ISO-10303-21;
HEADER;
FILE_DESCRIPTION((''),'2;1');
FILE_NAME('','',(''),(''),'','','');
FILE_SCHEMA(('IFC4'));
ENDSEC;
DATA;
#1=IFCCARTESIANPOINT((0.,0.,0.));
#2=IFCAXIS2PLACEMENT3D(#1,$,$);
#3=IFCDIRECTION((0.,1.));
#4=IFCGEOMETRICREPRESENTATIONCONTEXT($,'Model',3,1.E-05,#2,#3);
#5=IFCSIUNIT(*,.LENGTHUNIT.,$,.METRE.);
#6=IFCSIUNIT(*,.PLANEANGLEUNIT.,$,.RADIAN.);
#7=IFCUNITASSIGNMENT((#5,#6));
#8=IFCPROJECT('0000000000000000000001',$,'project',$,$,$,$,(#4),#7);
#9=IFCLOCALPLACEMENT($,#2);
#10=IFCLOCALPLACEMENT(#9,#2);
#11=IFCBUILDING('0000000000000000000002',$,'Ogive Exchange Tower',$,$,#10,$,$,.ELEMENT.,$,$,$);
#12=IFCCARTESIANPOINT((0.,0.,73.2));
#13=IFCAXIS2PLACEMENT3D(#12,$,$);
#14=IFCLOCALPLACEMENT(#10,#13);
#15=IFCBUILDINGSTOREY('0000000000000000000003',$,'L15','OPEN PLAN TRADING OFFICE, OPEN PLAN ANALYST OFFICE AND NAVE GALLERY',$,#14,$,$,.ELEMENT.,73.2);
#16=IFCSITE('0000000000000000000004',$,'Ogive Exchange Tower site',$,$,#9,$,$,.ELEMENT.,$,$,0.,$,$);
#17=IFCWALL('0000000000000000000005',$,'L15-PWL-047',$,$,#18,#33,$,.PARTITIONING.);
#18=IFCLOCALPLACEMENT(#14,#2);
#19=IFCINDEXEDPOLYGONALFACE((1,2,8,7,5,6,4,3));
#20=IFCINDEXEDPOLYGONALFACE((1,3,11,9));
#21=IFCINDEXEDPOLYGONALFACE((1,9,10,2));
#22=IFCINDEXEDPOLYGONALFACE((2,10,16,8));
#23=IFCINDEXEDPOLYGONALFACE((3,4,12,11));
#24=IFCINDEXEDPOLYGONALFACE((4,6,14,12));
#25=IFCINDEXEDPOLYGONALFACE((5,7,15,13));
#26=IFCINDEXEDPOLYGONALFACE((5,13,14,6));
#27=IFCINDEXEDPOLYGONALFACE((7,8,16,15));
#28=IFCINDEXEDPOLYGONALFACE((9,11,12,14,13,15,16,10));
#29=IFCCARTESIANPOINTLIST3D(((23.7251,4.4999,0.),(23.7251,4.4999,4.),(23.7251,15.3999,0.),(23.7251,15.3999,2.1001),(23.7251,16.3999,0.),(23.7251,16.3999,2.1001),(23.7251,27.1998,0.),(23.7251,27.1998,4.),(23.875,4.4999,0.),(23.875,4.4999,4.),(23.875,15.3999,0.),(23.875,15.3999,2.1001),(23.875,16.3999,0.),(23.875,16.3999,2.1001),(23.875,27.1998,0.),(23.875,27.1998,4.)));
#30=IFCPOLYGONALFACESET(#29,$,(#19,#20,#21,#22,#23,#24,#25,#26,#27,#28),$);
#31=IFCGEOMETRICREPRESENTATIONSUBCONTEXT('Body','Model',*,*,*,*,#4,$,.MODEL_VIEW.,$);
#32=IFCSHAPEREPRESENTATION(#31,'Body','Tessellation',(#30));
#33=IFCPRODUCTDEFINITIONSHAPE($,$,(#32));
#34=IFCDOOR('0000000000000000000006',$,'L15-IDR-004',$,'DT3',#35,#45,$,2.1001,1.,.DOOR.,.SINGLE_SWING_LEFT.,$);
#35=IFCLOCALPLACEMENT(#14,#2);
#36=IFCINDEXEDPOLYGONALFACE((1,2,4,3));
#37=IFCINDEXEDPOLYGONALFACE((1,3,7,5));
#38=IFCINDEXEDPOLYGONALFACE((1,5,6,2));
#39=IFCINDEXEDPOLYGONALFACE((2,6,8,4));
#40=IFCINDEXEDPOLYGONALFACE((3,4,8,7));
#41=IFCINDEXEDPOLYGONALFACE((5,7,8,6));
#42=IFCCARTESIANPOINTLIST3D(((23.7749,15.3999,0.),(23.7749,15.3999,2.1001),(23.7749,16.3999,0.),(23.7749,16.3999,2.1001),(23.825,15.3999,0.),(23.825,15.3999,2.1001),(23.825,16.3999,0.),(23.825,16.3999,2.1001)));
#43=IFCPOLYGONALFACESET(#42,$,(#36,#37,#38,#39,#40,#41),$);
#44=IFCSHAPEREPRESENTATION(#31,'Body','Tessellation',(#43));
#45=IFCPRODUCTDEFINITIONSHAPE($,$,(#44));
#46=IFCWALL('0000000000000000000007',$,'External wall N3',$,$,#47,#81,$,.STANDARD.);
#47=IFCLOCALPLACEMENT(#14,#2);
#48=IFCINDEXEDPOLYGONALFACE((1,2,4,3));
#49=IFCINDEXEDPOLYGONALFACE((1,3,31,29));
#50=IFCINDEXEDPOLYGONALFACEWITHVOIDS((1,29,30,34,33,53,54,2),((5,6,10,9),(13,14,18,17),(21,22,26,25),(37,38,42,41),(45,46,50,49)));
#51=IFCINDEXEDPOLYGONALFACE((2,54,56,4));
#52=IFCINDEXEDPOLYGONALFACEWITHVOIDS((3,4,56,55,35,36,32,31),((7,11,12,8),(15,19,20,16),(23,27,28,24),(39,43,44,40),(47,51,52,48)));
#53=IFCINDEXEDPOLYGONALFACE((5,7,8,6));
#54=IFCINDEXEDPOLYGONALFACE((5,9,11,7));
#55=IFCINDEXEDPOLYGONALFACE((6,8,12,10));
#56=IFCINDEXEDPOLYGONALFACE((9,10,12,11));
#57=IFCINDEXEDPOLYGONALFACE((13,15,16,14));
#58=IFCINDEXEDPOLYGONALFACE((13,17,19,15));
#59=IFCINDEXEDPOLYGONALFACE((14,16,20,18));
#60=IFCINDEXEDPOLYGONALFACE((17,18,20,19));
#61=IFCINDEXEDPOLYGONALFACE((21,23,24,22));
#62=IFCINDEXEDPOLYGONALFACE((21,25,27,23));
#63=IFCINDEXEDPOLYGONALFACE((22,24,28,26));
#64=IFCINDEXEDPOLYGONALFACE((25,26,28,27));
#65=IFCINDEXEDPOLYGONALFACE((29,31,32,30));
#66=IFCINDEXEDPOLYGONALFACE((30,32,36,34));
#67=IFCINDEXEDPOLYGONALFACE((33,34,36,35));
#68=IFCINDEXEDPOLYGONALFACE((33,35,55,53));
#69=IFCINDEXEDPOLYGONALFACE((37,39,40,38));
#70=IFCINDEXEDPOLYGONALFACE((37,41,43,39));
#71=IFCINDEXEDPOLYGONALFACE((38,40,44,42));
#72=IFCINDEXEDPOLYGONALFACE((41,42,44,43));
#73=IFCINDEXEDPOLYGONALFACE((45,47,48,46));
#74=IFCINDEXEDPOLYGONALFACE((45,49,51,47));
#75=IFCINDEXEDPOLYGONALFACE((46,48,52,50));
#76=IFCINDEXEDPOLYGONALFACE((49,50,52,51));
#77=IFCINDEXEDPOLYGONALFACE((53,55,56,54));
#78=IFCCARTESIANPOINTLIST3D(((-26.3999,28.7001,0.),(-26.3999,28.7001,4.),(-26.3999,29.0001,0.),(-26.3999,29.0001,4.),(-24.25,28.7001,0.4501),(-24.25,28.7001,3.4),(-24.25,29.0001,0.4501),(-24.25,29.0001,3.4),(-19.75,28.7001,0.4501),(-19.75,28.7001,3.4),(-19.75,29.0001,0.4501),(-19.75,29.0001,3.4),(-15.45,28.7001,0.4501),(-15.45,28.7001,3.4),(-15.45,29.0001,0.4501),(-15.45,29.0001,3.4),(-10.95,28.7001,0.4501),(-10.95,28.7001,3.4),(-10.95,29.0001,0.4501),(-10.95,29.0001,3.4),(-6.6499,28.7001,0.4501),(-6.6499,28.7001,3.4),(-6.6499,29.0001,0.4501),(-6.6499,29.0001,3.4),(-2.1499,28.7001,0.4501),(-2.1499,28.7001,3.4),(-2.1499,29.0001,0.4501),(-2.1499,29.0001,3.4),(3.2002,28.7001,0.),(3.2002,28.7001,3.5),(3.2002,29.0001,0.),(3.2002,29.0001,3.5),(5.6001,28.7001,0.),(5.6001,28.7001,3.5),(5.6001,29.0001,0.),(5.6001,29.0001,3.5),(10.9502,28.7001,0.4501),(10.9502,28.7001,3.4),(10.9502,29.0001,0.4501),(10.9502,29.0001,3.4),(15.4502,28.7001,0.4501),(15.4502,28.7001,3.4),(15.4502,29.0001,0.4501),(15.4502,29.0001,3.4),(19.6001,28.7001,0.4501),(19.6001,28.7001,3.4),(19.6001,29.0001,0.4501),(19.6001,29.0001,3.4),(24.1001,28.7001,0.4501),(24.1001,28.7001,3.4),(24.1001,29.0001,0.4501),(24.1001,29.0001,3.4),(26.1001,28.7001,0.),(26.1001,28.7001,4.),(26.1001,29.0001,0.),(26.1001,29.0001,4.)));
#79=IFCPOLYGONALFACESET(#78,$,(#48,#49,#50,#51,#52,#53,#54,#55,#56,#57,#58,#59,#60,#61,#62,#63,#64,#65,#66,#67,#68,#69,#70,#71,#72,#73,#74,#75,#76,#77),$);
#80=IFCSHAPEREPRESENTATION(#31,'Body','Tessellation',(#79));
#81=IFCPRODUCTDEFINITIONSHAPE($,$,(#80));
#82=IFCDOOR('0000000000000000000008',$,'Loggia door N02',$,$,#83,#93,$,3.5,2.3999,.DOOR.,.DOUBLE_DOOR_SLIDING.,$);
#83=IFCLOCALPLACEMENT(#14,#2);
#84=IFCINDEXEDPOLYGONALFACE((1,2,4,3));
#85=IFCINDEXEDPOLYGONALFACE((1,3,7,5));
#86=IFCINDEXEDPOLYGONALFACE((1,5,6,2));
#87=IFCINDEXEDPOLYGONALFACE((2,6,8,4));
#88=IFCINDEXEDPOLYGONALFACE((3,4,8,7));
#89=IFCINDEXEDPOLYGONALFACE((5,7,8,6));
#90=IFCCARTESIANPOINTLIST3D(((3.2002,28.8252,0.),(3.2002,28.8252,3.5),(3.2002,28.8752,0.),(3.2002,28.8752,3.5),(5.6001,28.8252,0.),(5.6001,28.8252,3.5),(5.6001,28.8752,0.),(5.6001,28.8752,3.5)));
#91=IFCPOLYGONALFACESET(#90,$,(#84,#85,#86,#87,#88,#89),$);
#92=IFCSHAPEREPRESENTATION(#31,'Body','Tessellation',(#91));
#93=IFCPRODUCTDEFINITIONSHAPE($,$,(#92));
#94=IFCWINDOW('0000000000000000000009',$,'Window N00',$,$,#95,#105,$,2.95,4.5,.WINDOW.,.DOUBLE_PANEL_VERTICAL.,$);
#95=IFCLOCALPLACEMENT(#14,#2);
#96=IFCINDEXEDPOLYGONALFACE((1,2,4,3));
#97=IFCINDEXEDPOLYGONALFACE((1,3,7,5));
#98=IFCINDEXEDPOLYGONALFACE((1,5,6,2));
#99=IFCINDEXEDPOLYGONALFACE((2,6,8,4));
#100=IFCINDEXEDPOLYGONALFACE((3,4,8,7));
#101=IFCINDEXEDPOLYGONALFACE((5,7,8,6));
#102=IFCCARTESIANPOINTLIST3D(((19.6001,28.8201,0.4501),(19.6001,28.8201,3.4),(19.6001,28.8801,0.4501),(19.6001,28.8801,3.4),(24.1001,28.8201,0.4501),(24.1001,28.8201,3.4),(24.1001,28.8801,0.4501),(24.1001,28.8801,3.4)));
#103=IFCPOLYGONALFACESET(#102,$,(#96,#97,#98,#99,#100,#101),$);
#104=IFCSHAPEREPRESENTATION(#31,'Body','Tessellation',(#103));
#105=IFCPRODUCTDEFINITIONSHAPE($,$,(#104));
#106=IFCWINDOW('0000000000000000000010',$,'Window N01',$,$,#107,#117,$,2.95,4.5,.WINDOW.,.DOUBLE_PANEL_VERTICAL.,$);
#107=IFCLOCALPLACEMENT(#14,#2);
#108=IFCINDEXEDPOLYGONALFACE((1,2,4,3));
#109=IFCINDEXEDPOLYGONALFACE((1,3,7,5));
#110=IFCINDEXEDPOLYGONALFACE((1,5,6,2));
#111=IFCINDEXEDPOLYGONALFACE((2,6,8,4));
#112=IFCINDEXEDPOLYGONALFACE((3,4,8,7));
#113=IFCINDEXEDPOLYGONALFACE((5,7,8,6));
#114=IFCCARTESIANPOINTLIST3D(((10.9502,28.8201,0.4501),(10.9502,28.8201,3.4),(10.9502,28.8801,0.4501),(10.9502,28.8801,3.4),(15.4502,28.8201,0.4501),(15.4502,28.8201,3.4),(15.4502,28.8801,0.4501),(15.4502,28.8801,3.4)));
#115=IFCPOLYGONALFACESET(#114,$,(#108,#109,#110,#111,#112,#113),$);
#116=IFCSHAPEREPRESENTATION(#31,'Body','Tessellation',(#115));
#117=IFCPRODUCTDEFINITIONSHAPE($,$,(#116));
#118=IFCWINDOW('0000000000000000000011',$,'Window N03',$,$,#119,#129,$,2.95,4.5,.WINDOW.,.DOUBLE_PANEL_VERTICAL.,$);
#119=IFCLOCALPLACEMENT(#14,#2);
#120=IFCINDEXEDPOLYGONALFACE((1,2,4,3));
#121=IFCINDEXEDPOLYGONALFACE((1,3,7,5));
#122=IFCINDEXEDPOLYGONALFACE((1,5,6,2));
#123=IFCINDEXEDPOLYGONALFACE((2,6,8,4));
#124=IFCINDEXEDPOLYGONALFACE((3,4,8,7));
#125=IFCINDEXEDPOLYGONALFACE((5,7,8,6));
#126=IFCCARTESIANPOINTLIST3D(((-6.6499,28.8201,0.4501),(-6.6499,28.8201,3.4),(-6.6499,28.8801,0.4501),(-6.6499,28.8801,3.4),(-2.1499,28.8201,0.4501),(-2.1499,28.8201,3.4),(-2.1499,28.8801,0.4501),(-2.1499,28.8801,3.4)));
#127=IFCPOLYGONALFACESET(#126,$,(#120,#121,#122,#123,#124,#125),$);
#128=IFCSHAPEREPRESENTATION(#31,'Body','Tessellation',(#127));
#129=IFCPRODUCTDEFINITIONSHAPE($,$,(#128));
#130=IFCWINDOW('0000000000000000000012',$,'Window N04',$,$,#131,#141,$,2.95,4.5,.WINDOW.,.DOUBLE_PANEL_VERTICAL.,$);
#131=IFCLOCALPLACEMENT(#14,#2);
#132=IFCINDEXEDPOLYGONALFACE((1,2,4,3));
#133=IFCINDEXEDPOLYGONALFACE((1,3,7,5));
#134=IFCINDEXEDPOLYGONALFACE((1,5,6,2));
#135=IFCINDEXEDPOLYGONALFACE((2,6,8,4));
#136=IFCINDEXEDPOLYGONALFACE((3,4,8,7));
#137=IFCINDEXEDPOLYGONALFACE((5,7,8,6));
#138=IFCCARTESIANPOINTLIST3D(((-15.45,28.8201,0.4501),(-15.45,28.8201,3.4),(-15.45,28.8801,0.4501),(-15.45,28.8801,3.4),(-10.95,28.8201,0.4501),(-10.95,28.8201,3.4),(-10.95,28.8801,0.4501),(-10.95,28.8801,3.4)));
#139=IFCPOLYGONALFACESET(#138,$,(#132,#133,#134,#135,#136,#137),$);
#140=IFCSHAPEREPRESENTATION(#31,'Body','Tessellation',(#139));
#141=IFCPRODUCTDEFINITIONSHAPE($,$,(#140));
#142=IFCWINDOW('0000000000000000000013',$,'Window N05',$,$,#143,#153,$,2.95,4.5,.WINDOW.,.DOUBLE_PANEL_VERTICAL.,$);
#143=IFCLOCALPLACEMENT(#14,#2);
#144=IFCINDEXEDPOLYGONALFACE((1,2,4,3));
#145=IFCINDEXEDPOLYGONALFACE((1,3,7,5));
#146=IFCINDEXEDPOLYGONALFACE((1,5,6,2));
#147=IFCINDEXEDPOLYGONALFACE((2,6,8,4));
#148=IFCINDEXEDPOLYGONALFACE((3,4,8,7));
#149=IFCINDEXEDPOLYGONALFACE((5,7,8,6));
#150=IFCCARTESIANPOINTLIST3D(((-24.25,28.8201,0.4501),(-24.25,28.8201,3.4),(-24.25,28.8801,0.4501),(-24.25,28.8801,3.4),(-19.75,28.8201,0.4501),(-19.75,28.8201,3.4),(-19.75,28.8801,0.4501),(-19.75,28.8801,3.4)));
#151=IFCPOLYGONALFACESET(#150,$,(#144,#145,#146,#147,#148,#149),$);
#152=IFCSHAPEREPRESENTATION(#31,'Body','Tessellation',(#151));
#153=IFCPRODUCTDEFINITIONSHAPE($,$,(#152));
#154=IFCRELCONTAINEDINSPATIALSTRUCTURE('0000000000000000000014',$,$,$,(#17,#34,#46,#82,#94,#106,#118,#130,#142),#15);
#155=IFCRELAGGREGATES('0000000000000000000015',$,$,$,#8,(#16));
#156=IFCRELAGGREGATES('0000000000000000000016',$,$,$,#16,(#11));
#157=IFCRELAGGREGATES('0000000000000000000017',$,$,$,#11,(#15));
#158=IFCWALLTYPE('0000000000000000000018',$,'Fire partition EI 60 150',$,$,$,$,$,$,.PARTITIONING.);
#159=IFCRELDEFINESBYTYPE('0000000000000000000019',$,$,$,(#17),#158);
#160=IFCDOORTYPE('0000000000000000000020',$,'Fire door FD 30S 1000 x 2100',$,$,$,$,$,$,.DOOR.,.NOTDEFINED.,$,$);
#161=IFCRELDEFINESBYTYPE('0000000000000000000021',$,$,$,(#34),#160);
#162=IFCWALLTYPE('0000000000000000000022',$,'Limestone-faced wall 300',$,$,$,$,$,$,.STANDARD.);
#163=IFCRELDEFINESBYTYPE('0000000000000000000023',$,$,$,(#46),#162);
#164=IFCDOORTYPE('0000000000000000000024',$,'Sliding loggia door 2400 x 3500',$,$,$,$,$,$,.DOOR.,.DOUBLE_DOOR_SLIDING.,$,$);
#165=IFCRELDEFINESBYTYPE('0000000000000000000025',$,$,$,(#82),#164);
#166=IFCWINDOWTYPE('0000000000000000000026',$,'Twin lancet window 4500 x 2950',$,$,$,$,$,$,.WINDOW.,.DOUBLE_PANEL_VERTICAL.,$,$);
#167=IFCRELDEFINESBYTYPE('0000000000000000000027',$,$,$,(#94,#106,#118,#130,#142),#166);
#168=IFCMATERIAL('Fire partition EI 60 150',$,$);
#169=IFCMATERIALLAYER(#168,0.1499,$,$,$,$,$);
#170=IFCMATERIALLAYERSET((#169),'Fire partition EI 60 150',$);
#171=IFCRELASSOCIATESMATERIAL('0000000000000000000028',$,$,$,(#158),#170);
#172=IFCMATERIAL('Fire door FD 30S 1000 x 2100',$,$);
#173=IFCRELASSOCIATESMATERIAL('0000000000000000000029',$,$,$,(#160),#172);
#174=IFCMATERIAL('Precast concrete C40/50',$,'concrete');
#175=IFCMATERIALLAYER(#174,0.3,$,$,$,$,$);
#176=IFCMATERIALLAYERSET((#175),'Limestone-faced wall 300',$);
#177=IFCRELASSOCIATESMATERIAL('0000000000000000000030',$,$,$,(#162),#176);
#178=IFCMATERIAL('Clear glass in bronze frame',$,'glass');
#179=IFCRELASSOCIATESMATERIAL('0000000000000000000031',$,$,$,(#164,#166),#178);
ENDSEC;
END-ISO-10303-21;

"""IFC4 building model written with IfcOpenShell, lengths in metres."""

from ifc_helpers import new_model, si_unit, direction, frame, frame_2d, origin, place, context, subcontext, project, spatial, rectangle, extrude, material, layer, layer_set, type_object, element, fill, save


model = new_model("IFC4")

# Units and contexts
model_context = context("Model", 3, precision=1e-05, world=origin(), true_north=direction((0.0, 1.0)))
body_context = subcontext(model_context, "Body", "Model", "MODEL_VIEW")
ifc_project = project(units=[si_unit("LENGTHUNIT", "METRE"), si_unit("PLANEANGLEUNIT", "RADIAN")], contexts=[model_context])

# Site, building, storey
site_placement = place(None, origin())
site = spatial("IfcSite", under=ifc_project, at=site_placement, Name="Ogive Exchange Tower site", CompositionType="ELEMENT", RefElevation=0.0)
building_placement = place(site_placement, origin())
building = spatial("IfcBuilding", under=site, at=building_placement, Name="Ogive Exchange Tower", CompositionType="ELEMENT")
storey_placement = place(building_placement, frame((0.0, 0.0, 73.2)))
storey = spatial("IfcBuildingStorey", under=building, at=storey_placement, Name="L15", Description="OPEN PLAN TRADING OFFICE, OPEN PLAN ANALYST OFFICE AND NAVE GALLERY", CompositionType="ELEMENT", Elevation=73.2)

# Shared definitions
ifc_material_1 = material(Name="Fire partition EI 60 150")
ifc_layer_1 = layer(ifc_material_1, 0.1499)
ifc_layer_set_1 = layer_set([ifc_layer_1], Name="Fire partition EI 60 150")
wall_type_1 = type_object("IfcWallType", Name="Fire partition EI 60 150", PredefinedType="PARTITIONING", material=ifc_layer_set_1)

# Wall, opening, door
wall_1_placement = place(storey_placement, frame((23.8, 27.2, 0.0), z_axis=(0.0, 0.0, 1.0), x_axis=(0.0, -1.0, 0.0)))
wall_1 = element("IfcWall", 1, at=wall_1_placement, inside=storey, type_object=wall_type_1, Name="L15-PWL-047", PredefinedType="PARTITIONING", context=body_context, shape_type="SweptSolid", body=[
    extrude(rectangle(XDim=22.7, YDim=0.1499, at=frame_2d((11.3501, 0.0))), origin(), (0.0, 0.0, 1.0), 4.0),
])
opening_1_placement = place(wall_1_placement, frame((10.8, 0.0, 0.0)))
opening_1 = element("IfcOpeningElement", 2, at=opening_1_placement, cuts=wall_1, PredefinedType="OPENING", context=body_context, shape_type="SweptSolid", body=[
    extrude(rectangle(XDim=1.0, YDim=2.1001, at=frame_2d((0.5, 1.05))), frame((0.0, 0.085, 0.0), z_axis=(0.0, -1.0, 0.0), x_axis=(1.0, 0.0, 0.0)), (0.0, 0.0, 1.0), 0.1699),
])
ifc_material_2 = material(Name="Fire door FD 30S 1000 x 2100")
door_type_1 = type_object("IfcDoorType", Name="Fire door FD 30S 1000 x 2100", OperationType="NOTDEFINED", PredefinedType="DOOR", material=ifc_material_2)
door_1_placement = place(opening_1_placement, origin())
door_1 = element("IfcDoor", 3, at=door_1_placement, inside=storey, type_object=door_type_1, Name="L15-IDR-004", ObjectType="DT3", OperationType="SINGLE_SWING_LEFT", OverallHeight=2.1001, OverallWidth=1.0, PredefinedType="DOOR", context=body_context, shape_type="SweptSolid", body=[
    extrude(rectangle(XDim=1.0, YDim=2.1001, at=frame_2d((0.5, 1.05))), frame((0.0, 0.0249, 0.0), z_axis=(0.0, -1.0, 0.0), x_axis=(1.0, 0.0, 0.0)), (0.0, 0.0, 1.0), 0.05),
])
fill(opening_1, door_1)

# Wall, openings, door, windows
ifc_material_3 = material(Name="Precast concrete C40/50", Category="concrete")
ifc_layer_2 = layer(ifc_material_3, 0.3)
ifc_layer_set_2 = layer_set([ifc_layer_2], Name="Limestone-faced wall 300")
wall_type_2 = type_object("IfcWallType", Name="Limestone-faced wall 300", PredefinedType="STANDARD", material=ifc_layer_set_2)
wall_2_placement = place(storey_placement, frame((26.1001, 28.8501, 0.0), z_axis=(0.0, 0.0, 1.0), x_axis=(-1.0, 0.0, 0.0)))
wall_2 = element("IfcWall", 4, at=wall_2_placement, inside=storey, type_object=wall_type_2, Name="External wall N3", PredefinedType="STANDARD", context=body_context, shape_type="SweptSolid", body=[
    extrude(rectangle(XDim=52.5, YDim=0.3, at=frame_2d((26.25, 0.0))), origin(), (0.0, 0.0, 1.0), 4.0),
])
opening_2_placement = place(wall_2_placement, frame((2.0, 0.0, 0.45)))
opening_2 = element("IfcOpeningElement", 5, at=opening_2_placement, cuts=wall_2, PredefinedType="OPENING", context=body_context, shape_type="SweptSolid", body=[
    extrude(rectangle(XDim=4.5, YDim=2.95, at=frame_2d((2.25, 1.4751))), frame((0.0, 0.1599, 0.0), z_axis=(0.0, -1.0, 0.0), x_axis=(1.0, 0.0, 0.0)), (0.0, 0.0, 1.0), 0.3201),
])
opening_3_placement = place(wall_2_placement, frame((10.6499, 0.0, 0.45)))
opening_3 = element("IfcOpeningElement", 6, at=opening_3_placement, cuts=wall_2, PredefinedType="OPENING", context=body_context, shape_type="SweptSolid", body=[
    extrude(rectangle(XDim=4.5, YDim=2.95, at=frame_2d((2.25, 1.4751))), frame((0.0, 0.1599, 0.0), z_axis=(0.0, -1.0, 0.0), x_axis=(1.0, 0.0, 0.0)), (0.0, 0.0, 1.0), 0.3201),
])
opening_4_placement = place(wall_2_placement, frame((20.5, 0.0, 0.0)))
opening_4 = element("IfcOpeningElement", 7, at=opening_4_placement, cuts=wall_2, PredefinedType="OPENING", context=body_context, shape_type="SweptSolid", body=[
    extrude(rectangle(XDim=2.3999, YDim=3.5, at=frame_2d((1.2, 1.75))), frame((0.0, 0.1599, 0.0), z_axis=(0.0, -1.0, 0.0), x_axis=(1.0, 0.0, 0.0)), (0.0, 0.0, 1.0), 0.3201),
])
opening_5_placement = place(wall_2_placement, frame((28.25, 0.0, 0.45)))
opening_5 = element("IfcOpeningElement", 8, at=opening_5_placement, cuts=wall_2, PredefinedType="OPENING", context=body_context, shape_type="SweptSolid", body=[
    extrude(rectangle(XDim=4.5, YDim=2.95, at=frame_2d((2.25, 1.4751))), frame((0.0, 0.1599, 0.0), z_axis=(0.0, -1.0, 0.0), x_axis=(1.0, 0.0, 0.0)), (0.0, 0.0, 1.0), 0.3201),
])
opening_6_placement = place(wall_2_placement, frame((37.05, 0.0, 0.45)))
opening_6 = element("IfcOpeningElement", 9, at=opening_6_placement, cuts=wall_2, PredefinedType="OPENING", context=body_context, shape_type="SweptSolid", body=[
    extrude(rectangle(XDim=4.5, YDim=2.95, at=frame_2d((2.25, 1.4751))), frame((0.0, 0.1599, 0.0), z_axis=(0.0, -1.0, 0.0), x_axis=(1.0, 0.0, 0.0)), (0.0, 0.0, 1.0), 0.3201),
])
opening_7_placement = place(wall_2_placement, frame((45.8501, 0.0, 0.45)))
opening_7 = element("IfcOpeningElement", 10, at=opening_7_placement, cuts=wall_2, PredefinedType="OPENING", context=body_context, shape_type="SweptSolid", body=[
    extrude(rectangle(XDim=4.5, YDim=2.95, at=frame_2d((2.25, 1.4751))), frame((0.0, 0.1599, 0.0), z_axis=(0.0, -1.0, 0.0), x_axis=(1.0, 0.0, 0.0)), (0.0, 0.0, 1.0), 0.3201),
])
ifc_material_4 = material(Name="Clear glass in bronze frame", Category="glass")
door_type_2 = type_object("IfcDoorType", Name="Sliding loggia door 2400 x 3500", OperationType="DOUBLE_DOOR_SLIDING", PredefinedType="DOOR", material=ifc_material_4)
door_2_placement = place(opening_4_placement, origin())
door_2 = element("IfcDoor", 11, at=door_2_placement, inside=storey, type_object=door_type_2, Name="Loggia door N02", OperationType="DOUBLE_DOOR_SLIDING", OverallHeight=3.5, OverallWidth=2.3999, PredefinedType="DOOR", context=body_context, shape_type="SweptSolid", body=[
    extrude(rectangle(XDim=2.3999, YDim=3.5, at=frame_2d((1.2, 1.75))), frame((0.0, 0.0249, 0.0), z_axis=(0.0, -1.0, 0.0), x_axis=(1.0, 0.0, 0.0)), (0.0, 0.0, 1.0), 0.05),
])
fill(opening_4, door_2)
window_type = type_object("IfcWindowType", Name="Twin lancet window 4500 x 2950", PartitioningType="DOUBLE_PANEL_VERTICAL", PredefinedType="WINDOW", material=ifc_material_4)
window_1_placement = place(opening_2_placement, origin())
window_1 = element("IfcWindow", 12, at=window_1_placement, inside=storey, type_object=window_type, Name="Window N00", OverallHeight=2.95, OverallWidth=4.5, PartitioningType="DOUBLE_PANEL_VERTICAL", PredefinedType="WINDOW", context=body_context, shape_type="SweptSolid", body=[
    extrude(rectangle(XDim=4.5, YDim=2.95, at=frame_2d((2.25, 1.4751))), frame((0.0, 0.03, 0.0), z_axis=(0.0, -1.0, 0.0), x_axis=(1.0, 0.0, 0.0)), (0.0, 0.0, 1.0), 0.0601),
])
fill(opening_2, window_1)
window_2_placement = place(opening_3_placement, origin())
window_2 = element("IfcWindow", 13, at=window_2_placement, inside=storey, type_object=window_type, Name="Window N01", OverallHeight=2.95, OverallWidth=4.5, PartitioningType="DOUBLE_PANEL_VERTICAL", PredefinedType="WINDOW", context=body_context, shape_type="SweptSolid", body=[
    extrude(rectangle(XDim=4.5, YDim=2.95, at=frame_2d((2.25, 1.4751))), frame((0.0, 0.03, 0.0), z_axis=(0.0, -1.0, 0.0), x_axis=(1.0, 0.0, 0.0)), (0.0, 0.0, 1.0), 0.0601),
])
fill(opening_3, window_2)
window_3_placement = place(opening_5_placement, origin())
window_3 = element("IfcWindow", 14, at=window_3_placement, inside=storey, type_object=window_type, Name="Window N03", OverallHeight=2.95, OverallWidth=4.5, PartitioningType="DOUBLE_PANEL_VERTICAL", PredefinedType="WINDOW", context=body_context, shape_type="SweptSolid", body=[
    extrude(rectangle(XDim=4.5, YDim=2.95, at=frame_2d((2.25, 1.4751))), frame((0.0, 0.03, 0.0), z_axis=(0.0, -1.0, 0.0), x_axis=(1.0, 0.0, 0.0)), (0.0, 0.0, 1.0), 0.0601),
])
fill(opening_5, window_3)
window_4_placement = place(opening_6_placement, origin())
window_4 = element("IfcWindow", 15, at=window_4_placement, inside=storey, type_object=window_type, Name="Window N04", OverallHeight=2.95, OverallWidth=4.5, PartitioningType="DOUBLE_PANEL_VERTICAL", PredefinedType="WINDOW", context=body_context, shape_type="SweptSolid", body=[
    extrude(rectangle(XDim=4.5, YDim=2.95, at=frame_2d((2.25, 1.4751))), frame((0.0, 0.03, 0.0), z_axis=(0.0, -1.0, 0.0), x_axis=(1.0, 0.0, 0.0)), (0.0, 0.0, 1.0), 0.0601),
])
fill(opening_6, window_4)
window_5_placement = place(opening_7_placement, origin())
window_5 = element("IfcWindow", 16, at=window_5_placement, inside=storey, type_object=window_type, Name="Window N05", OverallHeight=2.95, OverallWidth=4.5, PartitioningType="DOUBLE_PANEL_VERTICAL", PredefinedType="WINDOW", context=body_context, shape_type="SweptSolid", body=[
    extrude(rectangle(XDim=4.5, YDim=2.95, at=frame_2d((2.25, 1.4751))), frame((0.0, 0.03, 0.0), z_axis=(0.0, -1.0, 0.0), x_axis=(1.0, 0.0, 0.0)), (0.0, 0.0, 1.0), 0.0601),
])
fill(opening_7, window_5)

save(model, "model.ifc")
